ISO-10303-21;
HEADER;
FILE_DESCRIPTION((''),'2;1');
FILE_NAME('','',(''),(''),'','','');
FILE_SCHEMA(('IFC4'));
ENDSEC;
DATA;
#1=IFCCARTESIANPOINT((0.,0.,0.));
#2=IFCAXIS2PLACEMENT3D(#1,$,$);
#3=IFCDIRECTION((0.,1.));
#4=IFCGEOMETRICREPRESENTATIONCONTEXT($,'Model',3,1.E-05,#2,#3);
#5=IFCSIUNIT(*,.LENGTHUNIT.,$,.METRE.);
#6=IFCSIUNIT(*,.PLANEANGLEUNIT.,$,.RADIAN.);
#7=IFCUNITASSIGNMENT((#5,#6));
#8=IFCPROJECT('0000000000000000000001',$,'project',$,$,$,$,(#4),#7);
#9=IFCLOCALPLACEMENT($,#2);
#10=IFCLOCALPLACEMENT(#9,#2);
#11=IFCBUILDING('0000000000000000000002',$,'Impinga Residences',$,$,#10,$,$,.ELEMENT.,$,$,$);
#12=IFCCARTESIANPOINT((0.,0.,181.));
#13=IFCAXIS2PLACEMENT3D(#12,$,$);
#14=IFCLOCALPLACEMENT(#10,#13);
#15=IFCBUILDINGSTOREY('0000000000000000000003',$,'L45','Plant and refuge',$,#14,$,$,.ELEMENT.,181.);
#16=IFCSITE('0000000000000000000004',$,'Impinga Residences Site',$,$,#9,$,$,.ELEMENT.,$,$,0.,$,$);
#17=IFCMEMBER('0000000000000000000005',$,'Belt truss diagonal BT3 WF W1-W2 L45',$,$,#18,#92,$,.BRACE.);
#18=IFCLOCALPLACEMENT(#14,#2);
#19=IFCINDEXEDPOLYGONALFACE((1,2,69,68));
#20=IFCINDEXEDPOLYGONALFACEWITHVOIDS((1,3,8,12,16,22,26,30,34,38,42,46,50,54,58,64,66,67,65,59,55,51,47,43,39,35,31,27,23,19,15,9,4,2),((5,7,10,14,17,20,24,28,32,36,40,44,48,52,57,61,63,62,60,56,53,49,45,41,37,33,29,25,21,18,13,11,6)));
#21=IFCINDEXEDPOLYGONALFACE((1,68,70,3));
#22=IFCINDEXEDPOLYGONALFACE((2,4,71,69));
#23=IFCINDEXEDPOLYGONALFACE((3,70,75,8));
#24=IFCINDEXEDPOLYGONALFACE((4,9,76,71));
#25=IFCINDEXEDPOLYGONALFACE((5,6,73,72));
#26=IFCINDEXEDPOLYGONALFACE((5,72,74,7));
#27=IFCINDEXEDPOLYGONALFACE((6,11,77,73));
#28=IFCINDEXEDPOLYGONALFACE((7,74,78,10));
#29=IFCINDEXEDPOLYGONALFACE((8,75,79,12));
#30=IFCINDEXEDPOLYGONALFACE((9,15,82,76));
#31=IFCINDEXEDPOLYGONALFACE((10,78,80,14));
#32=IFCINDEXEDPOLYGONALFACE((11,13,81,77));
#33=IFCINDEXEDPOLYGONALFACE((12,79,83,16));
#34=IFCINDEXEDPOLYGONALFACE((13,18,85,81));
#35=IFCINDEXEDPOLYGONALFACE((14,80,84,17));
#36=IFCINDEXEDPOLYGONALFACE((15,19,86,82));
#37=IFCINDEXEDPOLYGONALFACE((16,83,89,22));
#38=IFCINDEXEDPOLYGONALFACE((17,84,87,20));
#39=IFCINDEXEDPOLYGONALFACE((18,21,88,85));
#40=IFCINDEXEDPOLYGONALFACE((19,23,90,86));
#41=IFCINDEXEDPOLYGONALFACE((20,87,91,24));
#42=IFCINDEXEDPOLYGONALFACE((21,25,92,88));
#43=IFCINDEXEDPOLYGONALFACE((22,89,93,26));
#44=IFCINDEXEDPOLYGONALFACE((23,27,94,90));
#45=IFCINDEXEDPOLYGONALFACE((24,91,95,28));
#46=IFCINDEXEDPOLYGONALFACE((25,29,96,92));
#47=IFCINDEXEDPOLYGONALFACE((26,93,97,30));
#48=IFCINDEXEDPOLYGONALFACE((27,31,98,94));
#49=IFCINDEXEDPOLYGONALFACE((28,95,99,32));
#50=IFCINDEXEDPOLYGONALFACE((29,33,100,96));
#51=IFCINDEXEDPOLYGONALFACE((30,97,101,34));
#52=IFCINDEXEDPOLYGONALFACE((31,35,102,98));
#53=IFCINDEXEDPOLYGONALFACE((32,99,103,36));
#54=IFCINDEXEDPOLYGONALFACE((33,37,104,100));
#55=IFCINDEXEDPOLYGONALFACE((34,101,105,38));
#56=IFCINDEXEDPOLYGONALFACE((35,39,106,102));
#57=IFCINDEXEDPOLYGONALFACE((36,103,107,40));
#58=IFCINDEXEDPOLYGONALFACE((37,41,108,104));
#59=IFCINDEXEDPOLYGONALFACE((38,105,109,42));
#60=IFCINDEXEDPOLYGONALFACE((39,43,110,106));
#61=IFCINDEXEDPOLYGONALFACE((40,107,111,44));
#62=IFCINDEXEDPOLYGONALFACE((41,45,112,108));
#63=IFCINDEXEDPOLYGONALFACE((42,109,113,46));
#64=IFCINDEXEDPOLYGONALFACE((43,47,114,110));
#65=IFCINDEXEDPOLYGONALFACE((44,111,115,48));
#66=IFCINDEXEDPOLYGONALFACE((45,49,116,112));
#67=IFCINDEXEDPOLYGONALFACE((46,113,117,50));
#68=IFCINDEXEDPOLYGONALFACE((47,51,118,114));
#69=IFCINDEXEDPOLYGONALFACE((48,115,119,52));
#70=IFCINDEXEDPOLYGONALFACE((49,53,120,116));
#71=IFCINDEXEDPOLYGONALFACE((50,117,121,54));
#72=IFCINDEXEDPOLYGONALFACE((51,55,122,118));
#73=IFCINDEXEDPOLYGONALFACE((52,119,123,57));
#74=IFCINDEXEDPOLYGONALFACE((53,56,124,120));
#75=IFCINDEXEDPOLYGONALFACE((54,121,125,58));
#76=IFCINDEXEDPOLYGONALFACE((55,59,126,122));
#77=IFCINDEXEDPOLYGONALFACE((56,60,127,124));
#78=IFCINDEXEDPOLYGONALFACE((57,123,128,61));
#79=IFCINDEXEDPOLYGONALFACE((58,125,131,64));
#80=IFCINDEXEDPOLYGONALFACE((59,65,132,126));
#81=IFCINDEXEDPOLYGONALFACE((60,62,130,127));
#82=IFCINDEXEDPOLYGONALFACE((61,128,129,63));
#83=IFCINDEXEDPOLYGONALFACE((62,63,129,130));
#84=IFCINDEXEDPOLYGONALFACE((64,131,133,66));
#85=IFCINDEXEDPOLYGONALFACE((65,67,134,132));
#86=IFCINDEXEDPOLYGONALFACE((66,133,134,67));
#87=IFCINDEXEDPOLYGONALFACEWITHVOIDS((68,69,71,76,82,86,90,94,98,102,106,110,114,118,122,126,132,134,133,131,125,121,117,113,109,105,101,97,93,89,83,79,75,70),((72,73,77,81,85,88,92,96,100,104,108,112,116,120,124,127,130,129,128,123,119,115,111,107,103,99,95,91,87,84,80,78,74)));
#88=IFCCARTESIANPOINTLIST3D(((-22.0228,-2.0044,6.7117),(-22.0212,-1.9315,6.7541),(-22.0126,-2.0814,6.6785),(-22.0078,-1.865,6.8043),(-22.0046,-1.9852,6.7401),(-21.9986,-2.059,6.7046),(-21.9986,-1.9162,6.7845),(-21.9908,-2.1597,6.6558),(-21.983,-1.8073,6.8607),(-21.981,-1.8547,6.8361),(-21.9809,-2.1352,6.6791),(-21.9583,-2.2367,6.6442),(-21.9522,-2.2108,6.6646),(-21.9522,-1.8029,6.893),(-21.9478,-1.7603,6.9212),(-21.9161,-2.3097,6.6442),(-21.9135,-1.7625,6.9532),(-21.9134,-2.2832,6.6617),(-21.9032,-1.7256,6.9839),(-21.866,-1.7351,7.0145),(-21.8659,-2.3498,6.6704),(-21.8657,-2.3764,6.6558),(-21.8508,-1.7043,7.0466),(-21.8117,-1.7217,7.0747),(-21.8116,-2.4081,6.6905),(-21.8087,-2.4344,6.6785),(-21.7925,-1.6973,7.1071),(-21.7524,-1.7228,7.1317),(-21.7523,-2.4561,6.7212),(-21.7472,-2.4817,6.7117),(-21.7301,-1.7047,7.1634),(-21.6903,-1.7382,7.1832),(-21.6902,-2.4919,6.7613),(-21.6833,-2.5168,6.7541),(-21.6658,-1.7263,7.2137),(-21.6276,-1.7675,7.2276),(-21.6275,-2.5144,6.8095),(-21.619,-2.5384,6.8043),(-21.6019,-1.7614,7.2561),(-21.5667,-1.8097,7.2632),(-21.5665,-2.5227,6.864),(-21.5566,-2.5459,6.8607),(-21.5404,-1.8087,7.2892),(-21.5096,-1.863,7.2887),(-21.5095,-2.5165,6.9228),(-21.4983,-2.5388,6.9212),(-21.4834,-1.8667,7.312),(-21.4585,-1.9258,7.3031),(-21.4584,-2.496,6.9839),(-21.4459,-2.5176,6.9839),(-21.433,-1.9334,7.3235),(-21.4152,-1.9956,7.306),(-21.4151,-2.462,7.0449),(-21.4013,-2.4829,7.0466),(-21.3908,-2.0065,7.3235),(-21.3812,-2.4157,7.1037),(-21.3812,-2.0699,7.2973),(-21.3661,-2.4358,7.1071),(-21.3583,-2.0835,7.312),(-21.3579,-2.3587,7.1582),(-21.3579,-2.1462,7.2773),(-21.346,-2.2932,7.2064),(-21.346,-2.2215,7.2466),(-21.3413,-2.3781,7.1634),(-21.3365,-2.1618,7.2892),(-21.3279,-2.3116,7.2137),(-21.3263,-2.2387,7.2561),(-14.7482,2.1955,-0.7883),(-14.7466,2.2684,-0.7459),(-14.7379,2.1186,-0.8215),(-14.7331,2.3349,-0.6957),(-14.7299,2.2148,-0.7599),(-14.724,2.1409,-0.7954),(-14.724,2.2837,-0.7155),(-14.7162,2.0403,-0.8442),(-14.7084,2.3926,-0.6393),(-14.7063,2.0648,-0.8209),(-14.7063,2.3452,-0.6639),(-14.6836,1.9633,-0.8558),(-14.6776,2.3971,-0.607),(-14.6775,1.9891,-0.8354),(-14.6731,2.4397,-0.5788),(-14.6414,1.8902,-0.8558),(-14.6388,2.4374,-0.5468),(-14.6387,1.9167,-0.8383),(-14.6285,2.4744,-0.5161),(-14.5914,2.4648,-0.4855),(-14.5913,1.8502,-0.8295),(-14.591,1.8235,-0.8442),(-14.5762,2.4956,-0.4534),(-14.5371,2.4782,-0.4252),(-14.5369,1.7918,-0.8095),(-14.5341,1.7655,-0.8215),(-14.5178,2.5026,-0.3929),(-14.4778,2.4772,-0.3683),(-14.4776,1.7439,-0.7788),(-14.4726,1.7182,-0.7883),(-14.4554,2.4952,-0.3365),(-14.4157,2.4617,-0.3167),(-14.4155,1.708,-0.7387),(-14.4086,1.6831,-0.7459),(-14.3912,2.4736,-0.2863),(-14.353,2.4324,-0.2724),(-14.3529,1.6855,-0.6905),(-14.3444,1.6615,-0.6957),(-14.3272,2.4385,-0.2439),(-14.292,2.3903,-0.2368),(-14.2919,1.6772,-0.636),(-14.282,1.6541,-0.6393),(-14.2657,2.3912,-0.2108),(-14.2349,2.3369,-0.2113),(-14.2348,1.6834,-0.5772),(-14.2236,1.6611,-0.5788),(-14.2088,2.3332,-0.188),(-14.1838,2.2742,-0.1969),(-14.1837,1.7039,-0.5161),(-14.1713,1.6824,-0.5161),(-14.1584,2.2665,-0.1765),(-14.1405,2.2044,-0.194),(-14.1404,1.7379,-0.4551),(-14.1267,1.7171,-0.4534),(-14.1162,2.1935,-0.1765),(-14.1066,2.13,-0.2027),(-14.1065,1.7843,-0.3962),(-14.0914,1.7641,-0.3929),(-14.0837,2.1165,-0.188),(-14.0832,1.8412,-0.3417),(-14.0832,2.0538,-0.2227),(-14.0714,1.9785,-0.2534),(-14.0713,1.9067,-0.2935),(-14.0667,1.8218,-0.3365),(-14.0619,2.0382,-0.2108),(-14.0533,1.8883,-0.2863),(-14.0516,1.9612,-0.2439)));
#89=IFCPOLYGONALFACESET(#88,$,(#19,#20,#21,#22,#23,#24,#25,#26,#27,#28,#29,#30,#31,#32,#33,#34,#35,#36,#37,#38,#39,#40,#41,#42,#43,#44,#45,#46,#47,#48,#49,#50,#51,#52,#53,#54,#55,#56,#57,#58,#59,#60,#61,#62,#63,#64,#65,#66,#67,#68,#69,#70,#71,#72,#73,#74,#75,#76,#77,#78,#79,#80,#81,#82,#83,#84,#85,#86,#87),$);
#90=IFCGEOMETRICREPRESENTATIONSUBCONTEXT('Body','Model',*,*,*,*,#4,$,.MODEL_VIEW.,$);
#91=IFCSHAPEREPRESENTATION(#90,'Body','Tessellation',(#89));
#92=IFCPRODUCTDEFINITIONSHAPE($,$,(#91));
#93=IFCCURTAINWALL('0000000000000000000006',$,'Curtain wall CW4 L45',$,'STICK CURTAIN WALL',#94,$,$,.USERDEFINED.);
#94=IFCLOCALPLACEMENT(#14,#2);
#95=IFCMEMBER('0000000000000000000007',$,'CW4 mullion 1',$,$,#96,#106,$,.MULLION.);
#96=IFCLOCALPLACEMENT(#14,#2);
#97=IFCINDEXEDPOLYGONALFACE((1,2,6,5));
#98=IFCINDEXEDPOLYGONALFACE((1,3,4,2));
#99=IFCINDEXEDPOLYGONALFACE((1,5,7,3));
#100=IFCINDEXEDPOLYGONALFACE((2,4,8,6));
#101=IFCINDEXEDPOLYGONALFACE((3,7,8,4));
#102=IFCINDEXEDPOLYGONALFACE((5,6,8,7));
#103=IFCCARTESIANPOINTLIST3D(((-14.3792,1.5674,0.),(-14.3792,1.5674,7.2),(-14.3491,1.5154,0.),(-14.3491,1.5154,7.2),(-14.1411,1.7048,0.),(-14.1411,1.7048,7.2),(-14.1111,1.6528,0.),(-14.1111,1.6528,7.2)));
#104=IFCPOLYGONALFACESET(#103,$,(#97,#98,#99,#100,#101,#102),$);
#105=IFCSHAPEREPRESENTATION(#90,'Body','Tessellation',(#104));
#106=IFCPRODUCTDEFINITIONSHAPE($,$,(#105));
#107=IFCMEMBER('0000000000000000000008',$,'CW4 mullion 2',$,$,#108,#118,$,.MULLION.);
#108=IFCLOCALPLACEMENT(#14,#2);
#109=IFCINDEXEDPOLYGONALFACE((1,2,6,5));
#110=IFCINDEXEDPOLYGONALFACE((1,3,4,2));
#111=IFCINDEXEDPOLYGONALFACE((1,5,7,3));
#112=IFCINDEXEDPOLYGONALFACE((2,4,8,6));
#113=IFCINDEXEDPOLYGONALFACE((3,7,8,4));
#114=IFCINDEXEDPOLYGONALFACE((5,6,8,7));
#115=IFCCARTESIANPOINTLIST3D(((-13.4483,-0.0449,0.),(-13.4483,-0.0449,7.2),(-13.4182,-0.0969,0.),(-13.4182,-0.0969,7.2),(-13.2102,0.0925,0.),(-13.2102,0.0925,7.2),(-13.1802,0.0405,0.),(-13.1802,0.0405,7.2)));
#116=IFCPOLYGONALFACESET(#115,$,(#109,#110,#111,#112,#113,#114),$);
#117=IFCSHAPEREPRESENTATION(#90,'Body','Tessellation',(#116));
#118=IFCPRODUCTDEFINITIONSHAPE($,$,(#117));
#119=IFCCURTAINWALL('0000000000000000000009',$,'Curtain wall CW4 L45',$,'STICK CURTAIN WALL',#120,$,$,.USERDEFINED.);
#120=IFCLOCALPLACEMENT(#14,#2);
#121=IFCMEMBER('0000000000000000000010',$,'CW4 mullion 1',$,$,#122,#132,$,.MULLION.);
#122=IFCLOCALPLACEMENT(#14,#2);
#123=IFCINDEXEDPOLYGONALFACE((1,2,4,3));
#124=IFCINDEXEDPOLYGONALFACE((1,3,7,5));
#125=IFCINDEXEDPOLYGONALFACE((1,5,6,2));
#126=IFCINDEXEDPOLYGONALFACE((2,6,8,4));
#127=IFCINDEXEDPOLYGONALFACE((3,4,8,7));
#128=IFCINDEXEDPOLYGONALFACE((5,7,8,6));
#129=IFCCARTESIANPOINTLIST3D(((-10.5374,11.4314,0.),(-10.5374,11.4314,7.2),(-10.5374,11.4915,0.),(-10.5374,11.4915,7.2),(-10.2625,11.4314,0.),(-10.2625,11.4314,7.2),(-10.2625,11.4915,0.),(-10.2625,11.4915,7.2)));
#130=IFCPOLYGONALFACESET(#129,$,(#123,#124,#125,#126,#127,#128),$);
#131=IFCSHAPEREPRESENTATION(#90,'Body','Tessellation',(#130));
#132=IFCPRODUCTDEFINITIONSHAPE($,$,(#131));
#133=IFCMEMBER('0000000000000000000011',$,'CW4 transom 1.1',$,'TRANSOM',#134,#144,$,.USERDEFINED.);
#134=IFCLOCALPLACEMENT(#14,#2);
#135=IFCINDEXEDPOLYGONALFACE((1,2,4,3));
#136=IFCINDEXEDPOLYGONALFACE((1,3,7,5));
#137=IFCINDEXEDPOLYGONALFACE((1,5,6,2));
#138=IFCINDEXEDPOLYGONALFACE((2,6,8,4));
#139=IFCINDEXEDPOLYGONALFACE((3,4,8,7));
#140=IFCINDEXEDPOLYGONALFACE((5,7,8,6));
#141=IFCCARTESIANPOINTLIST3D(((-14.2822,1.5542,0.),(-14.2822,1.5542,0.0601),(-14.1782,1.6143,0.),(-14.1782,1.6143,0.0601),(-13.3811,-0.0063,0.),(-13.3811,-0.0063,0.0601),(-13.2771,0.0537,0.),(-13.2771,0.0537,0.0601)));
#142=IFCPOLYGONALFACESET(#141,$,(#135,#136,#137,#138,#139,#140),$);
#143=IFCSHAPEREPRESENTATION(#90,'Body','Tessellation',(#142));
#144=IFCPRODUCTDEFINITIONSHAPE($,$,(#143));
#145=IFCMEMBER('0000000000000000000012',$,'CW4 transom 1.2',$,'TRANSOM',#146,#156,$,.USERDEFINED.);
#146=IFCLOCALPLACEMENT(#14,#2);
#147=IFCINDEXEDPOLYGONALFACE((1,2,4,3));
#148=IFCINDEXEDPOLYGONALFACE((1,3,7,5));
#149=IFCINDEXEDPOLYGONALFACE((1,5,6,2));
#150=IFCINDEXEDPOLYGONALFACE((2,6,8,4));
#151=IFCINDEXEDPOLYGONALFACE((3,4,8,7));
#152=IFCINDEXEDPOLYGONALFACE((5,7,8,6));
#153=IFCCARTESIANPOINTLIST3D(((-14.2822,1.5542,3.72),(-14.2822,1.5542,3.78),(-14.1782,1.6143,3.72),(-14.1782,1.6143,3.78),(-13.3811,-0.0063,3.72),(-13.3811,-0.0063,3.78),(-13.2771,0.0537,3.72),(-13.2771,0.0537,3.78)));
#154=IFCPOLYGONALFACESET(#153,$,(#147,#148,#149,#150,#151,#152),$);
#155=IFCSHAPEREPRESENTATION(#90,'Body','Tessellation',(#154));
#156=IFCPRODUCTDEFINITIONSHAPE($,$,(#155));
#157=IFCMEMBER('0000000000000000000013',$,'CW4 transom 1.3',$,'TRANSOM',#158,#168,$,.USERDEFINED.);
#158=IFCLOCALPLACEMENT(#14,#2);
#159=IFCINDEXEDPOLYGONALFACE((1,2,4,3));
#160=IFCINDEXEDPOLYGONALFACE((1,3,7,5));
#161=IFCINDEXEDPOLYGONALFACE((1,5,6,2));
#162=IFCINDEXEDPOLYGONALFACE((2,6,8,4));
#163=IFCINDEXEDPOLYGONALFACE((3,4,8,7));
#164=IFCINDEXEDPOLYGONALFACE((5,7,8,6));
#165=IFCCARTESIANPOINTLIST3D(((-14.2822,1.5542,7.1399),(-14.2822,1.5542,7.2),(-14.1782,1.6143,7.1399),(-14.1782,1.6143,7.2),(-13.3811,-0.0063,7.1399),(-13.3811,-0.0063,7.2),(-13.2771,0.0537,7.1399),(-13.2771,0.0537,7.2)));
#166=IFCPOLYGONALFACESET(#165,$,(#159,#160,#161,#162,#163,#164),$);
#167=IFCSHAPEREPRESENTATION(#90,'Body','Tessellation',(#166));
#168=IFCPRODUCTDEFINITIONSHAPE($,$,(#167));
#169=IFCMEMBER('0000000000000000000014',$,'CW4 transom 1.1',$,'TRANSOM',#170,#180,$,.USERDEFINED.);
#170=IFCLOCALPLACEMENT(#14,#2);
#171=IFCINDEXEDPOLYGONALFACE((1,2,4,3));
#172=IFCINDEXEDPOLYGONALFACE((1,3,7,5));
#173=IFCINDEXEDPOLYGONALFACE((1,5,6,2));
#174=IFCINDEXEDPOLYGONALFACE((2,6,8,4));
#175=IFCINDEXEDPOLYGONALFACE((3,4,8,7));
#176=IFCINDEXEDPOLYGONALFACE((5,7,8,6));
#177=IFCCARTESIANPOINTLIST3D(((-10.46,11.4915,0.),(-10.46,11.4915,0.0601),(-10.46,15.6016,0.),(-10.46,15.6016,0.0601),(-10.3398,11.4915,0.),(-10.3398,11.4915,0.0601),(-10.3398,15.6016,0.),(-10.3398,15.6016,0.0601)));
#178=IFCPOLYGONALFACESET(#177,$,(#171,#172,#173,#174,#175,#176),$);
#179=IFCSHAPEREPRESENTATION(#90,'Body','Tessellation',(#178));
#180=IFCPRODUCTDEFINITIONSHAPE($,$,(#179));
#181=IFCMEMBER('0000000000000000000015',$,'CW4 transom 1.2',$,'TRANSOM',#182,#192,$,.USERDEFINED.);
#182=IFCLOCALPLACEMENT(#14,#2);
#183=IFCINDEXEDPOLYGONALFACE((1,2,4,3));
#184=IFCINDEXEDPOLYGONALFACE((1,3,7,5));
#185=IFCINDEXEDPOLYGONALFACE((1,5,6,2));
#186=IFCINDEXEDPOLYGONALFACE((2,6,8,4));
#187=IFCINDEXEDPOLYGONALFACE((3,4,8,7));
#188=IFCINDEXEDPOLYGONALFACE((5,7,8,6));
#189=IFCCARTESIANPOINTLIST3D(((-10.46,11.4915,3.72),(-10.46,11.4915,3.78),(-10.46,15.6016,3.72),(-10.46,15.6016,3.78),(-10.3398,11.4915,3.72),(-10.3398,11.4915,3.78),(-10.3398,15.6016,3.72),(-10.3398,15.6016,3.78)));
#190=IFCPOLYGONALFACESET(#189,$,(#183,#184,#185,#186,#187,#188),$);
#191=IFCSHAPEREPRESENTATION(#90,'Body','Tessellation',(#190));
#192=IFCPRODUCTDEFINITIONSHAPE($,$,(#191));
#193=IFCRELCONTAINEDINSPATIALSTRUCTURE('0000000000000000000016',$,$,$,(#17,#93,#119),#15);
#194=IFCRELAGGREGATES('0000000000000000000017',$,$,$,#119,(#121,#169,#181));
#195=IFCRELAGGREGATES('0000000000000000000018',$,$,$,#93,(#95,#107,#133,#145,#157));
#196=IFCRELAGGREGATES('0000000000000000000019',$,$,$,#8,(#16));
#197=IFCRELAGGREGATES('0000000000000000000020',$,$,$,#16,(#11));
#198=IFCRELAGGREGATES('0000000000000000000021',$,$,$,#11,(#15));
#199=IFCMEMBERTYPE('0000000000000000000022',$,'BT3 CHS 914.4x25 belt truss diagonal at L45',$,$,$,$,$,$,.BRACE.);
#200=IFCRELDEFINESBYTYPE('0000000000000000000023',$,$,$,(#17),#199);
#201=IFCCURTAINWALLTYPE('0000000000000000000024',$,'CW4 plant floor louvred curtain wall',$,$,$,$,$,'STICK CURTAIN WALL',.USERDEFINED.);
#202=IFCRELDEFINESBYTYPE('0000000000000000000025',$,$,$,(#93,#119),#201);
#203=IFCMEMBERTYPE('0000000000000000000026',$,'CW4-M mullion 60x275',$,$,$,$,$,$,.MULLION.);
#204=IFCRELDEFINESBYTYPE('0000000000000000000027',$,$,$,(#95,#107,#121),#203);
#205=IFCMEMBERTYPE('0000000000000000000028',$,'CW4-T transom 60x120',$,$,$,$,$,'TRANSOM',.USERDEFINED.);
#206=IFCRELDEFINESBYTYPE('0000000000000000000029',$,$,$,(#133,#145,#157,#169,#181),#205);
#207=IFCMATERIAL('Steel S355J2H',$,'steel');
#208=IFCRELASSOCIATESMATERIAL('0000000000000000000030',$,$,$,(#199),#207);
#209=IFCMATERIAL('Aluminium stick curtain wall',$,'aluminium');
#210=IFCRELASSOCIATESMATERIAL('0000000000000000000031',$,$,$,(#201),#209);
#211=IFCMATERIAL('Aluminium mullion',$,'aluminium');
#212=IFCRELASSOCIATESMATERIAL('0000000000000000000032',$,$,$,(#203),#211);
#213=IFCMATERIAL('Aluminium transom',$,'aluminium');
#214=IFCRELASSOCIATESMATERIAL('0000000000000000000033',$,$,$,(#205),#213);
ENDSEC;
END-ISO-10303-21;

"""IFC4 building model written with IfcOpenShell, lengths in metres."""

from ifc_helpers import new_model, si_unit, direction, frame, origin, origin_2d, place, context, subcontext, project, spatial, rectangle, hollow_circle, extrude, material, material_profile, profile_set, type_object, element, aggregate, save


model = new_model("IFC4")

# Units and contexts
model_context = context("Model", 3, precision=1e-05, world=origin(), true_north=direction((0.0, 1.0)))
body_context = subcontext(model_context, "Body", "Model", "MODEL_VIEW")
ifc_project = project(units=[si_unit("LENGTHUNIT", "METRE"), si_unit("PLANEANGLEUNIT", "RADIAN")], contexts=[model_context])

# Site, building, storey
site_placement = place(None, origin())
site = spatial("IfcSite", under=ifc_project, at=site_placement, Name="Impinga Residences Site", CompositionType="ELEMENT", RefElevation=0.0)
building_placement = place(site_placement, origin())
building = spatial("IfcBuilding", under=site, at=building_placement, Name="Impinga Residences", CompositionType="ELEMENT")
storey_placement = place(building_placement, frame((0.0, 0.0, 181.0)))
storey = spatial("IfcBuildingStorey", under=building, at=storey_placement, Name="L45", Description="Plant and refuge", CompositionType="ELEMENT", Elevation=181.0)

# Member
ifc_material_1 = material(Name="Steel S355J2H", Category="steel")
ifc_material_profile_1 = material_profile(ifc_material_1, hollow_circle(Radius=0.4573, WallThickness=0.0249, at=origin_2d()), Name="CHS 914.4x25")
ifc_profile_set_1 = profile_set([ifc_material_profile_1], Name="Steel S355J2H")
member_type_1 = type_object("IfcMemberType", Name="BT3 CHS 914.4x25 belt truss diagonal at L45", PredefinedType="BRACE", material=ifc_profile_set_1)
for number, where, z_axis, x_axis, name in (
    (1, (-14.3999, 2.0784, -0.5161), (-0.646004, -0.372964, 0.666015), (0.499993, -0.866029, 0.0), "Belt truss diagonal BT3 WF W1-W2 L45"),
):
    element("IfcMember", number, at=place(storey_placement, frame(where, z_axis=z_axis, x_axis=x_axis)), inside=storey, type_object=member_type_1, Name=name, PredefinedType="BRACE", context=body_context, shape_type="SweptSolid", body=[
        extrude(hollow_circle(Radius=0.4573, WallThickness=0.0249, at=origin_2d()), origin(), (0.0, 0.0, 1.0), 11.261),
    ])

# Curtain wall, members
ifc_material_2 = material(Name="Aluminium stick curtain wall", Category="aluminium")
curtain_wall_type = type_object("IfcCurtainWallType", Name="CW4 plant floor louvred curtain wall", ElementType="STICK CURTAIN WALL", PredefinedType="USERDEFINED", material=ifc_material_2)
curtain_wall_1_placement = place(storey_placement, origin())
curtain_wall_1 = element("IfcCurtainWall", 2, at=curtain_wall_1_placement, inside=storey, type_object=curtain_wall_type, Name="Curtain wall CW4 L45", ObjectType="STICK CURTAIN WALL", PredefinedType="USERDEFINED")
ifc_material_3 = material(Name="Aluminium mullion", Category="aluminium")
ifc_material_profile_2 = material_profile(ifc_material_3, rectangle(XDim=0.0601, YDim=0.2749, at=origin_2d()), Name="60x275 mullion")
ifc_profile_set_2 = profile_set([ifc_material_profile_2], Name="Aluminium mullion")
member_type_2 = type_object("IfcMemberType", Name="CW4-M mullion 60x275", PredefinedType="MULLION", material=ifc_profile_set_2)
member_1_placement = place(storey_placement, frame((-14.2451, 1.6101, 0.0), z_axis=(0.0, 0.0, 1.0), x_axis=(0.5, -0.866025, 0.0)))
member_1 = element("IfcMember", 3, at=member_1_placement, type_object=member_type_2, Name="CW4 mullion 1", PredefinedType="MULLION", context=body_context, shape_type="SweptSolid", body=[
    extrude(rectangle(XDim=0.0601, YDim=0.2749, at=origin_2d()), origin(), (0.0, 0.0, 1.0), 7.2),
])
member_2_placement = place(storey_placement, frame((-13.3142, -0.0022, 0.0), z_axis=(0.0, 0.0, 1.0), x_axis=(0.5, -0.866025, 0.0)))
member_2 = element("IfcMember", 4, at=member_2_placement, type_object=member_type_2, Name="CW4 mullion 2", PredefinedType="MULLION", context=body_context, shape_type="SweptSolid", body=[
    extrude(rectangle(XDim=0.0601, YDim=0.2749, at=origin_2d()), origin(), (0.0, 0.0, 1.0), 7.2),
])

# Curtain wall, member
curtain_wall_2_placement = place(storey_placement, origin())
curtain_wall_2 = element("IfcCurtainWall", 5, at=curtain_wall_2_placement, inside=storey, type_object=curtain_wall_type, Name="Curtain wall CW4 L45", ObjectType="STICK CURTAIN WALL", PredefinedType="USERDEFINED")
member_3_placement = place(storey_placement, frame((-10.3999, 11.4614, 0.0), z_axis=(0.0, 0.0, 1.0), x_axis=(0.0, 1.0, 0.0)))
member_3 = element("IfcMember", 6, at=member_3_placement, type_object=member_type_2, Name="CW4 mullion 1", PredefinedType="MULLION", context=body_context, shape_type="SweptSolid", body=[
    extrude(rectangle(XDim=0.0601, YDim=0.2749, at=origin_2d()), origin(), (0.0, 0.0, 1.0), 7.2),
])

# Members
ifc_material_4 = material(Name="Aluminium transom", Category="aluminium")
ifc_material_profile_3 = material_profile(ifc_material_4, rectangle(XDim=0.0601, YDim=0.1201, at=origin_2d()), Name="60x120 transom")
ifc_profile_set_3 = profile_set([ifc_material_profile_3], Name="Aluminium transom")
member_type_3 = type_object("IfcMemberType", Name="CW4-T transom 60x120", ElementType="TRANSOM", PredefinedType="USERDEFINED", material=ifc_profile_set_3)
member_4_placement = place(storey_placement, frame((-14.2302, 1.5842, 0.03), z_axis=(0.500059, -0.865992, 0.0), x_axis=(0.0, 0.0, 1.0)))
member_4 = element("IfcMember", 7, at=member_4_placement, type_object=member_type_3, Name="CW4 transom 1.1", ObjectType="TRANSOM", PredefinedType="USERDEFINED", context=body_context, shape_type="SweptSolid", body=[
    extrude(rectangle(XDim=0.0601, YDim=0.1201, at=origin_2d()), origin(), (0.0, 0.0, 1.0), 1.802),
])
member_5_placement = place(storey_placement, frame((-14.2302, 1.5842, 3.75), z_axis=(0.500059, -0.865992, 0.0), x_axis=(0.0, 0.0, 1.0)))
member_5 = element("IfcMember", 8, at=member_5_placement, type_object=member_type_3, Name="CW4 transom 1.2", ObjectType="TRANSOM", PredefinedType="USERDEFINED", context=body_context, shape_type="SweptSolid", body=[
    extrude(rectangle(XDim=0.0601, YDim=0.1201, at=origin_2d()), origin(), (0.0, 0.0, 1.0), 1.802),
])
member_6_placement = place(storey_placement, frame((-14.2302, 1.5842, 7.1699), z_axis=(0.500059, -0.865992, 0.0), x_axis=(0.0, 0.0, 1.0)))
member_6 = element("IfcMember", 9, at=member_6_placement, type_object=member_type_3, Name="CW4 transom 1.3", ObjectType="TRANSOM", PredefinedType="USERDEFINED", context=body_context, shape_type="SweptSolid", body=[
    extrude(rectangle(XDim=0.0601, YDim=0.1201, at=origin_2d()), origin(), (0.0, 0.0, 1.0), 1.802),
])
member_7_placement = place(storey_placement, frame((-10.3999, 11.4915, 0.03), z_axis=(0.0, 1.0, 0.0), x_axis=(0.0, 0.0, 1.0)))
member_7 = element("IfcMember", 10, at=member_7_placement, type_object=member_type_3, Name="CW4 transom 1.1", ObjectType="TRANSOM", PredefinedType="USERDEFINED", context=body_context, shape_type="SweptSolid", body=[
    extrude(rectangle(XDim=0.0601, YDim=0.1201, at=origin_2d()), origin(), (0.0, 0.0, 1.0), 4.1101),
])
member_8_placement = place(storey_placement, frame((-10.3999, 11.4915, 3.75), z_axis=(0.0, 1.0, 0.0), x_axis=(0.0, 0.0, 1.0)))
member_8 = element("IfcMember", 11, at=member_8_placement, type_object=member_type_3, Name="CW4 transom 1.2", ObjectType="TRANSOM", PredefinedType="USERDEFINED", context=body_context, shape_type="SweptSolid", body=[
    extrude(rectangle(XDim=0.0601, YDim=0.1201, at=origin_2d()), origin(), (0.0, 0.0, 1.0), 4.1101),
])
aggregate(curtain_wall_2, [member_3, member_7, member_8])

aggregate(curtain_wall_1, [member_1, member_2, member_4, member_5, member_6])

save(model, "model.ifc")
